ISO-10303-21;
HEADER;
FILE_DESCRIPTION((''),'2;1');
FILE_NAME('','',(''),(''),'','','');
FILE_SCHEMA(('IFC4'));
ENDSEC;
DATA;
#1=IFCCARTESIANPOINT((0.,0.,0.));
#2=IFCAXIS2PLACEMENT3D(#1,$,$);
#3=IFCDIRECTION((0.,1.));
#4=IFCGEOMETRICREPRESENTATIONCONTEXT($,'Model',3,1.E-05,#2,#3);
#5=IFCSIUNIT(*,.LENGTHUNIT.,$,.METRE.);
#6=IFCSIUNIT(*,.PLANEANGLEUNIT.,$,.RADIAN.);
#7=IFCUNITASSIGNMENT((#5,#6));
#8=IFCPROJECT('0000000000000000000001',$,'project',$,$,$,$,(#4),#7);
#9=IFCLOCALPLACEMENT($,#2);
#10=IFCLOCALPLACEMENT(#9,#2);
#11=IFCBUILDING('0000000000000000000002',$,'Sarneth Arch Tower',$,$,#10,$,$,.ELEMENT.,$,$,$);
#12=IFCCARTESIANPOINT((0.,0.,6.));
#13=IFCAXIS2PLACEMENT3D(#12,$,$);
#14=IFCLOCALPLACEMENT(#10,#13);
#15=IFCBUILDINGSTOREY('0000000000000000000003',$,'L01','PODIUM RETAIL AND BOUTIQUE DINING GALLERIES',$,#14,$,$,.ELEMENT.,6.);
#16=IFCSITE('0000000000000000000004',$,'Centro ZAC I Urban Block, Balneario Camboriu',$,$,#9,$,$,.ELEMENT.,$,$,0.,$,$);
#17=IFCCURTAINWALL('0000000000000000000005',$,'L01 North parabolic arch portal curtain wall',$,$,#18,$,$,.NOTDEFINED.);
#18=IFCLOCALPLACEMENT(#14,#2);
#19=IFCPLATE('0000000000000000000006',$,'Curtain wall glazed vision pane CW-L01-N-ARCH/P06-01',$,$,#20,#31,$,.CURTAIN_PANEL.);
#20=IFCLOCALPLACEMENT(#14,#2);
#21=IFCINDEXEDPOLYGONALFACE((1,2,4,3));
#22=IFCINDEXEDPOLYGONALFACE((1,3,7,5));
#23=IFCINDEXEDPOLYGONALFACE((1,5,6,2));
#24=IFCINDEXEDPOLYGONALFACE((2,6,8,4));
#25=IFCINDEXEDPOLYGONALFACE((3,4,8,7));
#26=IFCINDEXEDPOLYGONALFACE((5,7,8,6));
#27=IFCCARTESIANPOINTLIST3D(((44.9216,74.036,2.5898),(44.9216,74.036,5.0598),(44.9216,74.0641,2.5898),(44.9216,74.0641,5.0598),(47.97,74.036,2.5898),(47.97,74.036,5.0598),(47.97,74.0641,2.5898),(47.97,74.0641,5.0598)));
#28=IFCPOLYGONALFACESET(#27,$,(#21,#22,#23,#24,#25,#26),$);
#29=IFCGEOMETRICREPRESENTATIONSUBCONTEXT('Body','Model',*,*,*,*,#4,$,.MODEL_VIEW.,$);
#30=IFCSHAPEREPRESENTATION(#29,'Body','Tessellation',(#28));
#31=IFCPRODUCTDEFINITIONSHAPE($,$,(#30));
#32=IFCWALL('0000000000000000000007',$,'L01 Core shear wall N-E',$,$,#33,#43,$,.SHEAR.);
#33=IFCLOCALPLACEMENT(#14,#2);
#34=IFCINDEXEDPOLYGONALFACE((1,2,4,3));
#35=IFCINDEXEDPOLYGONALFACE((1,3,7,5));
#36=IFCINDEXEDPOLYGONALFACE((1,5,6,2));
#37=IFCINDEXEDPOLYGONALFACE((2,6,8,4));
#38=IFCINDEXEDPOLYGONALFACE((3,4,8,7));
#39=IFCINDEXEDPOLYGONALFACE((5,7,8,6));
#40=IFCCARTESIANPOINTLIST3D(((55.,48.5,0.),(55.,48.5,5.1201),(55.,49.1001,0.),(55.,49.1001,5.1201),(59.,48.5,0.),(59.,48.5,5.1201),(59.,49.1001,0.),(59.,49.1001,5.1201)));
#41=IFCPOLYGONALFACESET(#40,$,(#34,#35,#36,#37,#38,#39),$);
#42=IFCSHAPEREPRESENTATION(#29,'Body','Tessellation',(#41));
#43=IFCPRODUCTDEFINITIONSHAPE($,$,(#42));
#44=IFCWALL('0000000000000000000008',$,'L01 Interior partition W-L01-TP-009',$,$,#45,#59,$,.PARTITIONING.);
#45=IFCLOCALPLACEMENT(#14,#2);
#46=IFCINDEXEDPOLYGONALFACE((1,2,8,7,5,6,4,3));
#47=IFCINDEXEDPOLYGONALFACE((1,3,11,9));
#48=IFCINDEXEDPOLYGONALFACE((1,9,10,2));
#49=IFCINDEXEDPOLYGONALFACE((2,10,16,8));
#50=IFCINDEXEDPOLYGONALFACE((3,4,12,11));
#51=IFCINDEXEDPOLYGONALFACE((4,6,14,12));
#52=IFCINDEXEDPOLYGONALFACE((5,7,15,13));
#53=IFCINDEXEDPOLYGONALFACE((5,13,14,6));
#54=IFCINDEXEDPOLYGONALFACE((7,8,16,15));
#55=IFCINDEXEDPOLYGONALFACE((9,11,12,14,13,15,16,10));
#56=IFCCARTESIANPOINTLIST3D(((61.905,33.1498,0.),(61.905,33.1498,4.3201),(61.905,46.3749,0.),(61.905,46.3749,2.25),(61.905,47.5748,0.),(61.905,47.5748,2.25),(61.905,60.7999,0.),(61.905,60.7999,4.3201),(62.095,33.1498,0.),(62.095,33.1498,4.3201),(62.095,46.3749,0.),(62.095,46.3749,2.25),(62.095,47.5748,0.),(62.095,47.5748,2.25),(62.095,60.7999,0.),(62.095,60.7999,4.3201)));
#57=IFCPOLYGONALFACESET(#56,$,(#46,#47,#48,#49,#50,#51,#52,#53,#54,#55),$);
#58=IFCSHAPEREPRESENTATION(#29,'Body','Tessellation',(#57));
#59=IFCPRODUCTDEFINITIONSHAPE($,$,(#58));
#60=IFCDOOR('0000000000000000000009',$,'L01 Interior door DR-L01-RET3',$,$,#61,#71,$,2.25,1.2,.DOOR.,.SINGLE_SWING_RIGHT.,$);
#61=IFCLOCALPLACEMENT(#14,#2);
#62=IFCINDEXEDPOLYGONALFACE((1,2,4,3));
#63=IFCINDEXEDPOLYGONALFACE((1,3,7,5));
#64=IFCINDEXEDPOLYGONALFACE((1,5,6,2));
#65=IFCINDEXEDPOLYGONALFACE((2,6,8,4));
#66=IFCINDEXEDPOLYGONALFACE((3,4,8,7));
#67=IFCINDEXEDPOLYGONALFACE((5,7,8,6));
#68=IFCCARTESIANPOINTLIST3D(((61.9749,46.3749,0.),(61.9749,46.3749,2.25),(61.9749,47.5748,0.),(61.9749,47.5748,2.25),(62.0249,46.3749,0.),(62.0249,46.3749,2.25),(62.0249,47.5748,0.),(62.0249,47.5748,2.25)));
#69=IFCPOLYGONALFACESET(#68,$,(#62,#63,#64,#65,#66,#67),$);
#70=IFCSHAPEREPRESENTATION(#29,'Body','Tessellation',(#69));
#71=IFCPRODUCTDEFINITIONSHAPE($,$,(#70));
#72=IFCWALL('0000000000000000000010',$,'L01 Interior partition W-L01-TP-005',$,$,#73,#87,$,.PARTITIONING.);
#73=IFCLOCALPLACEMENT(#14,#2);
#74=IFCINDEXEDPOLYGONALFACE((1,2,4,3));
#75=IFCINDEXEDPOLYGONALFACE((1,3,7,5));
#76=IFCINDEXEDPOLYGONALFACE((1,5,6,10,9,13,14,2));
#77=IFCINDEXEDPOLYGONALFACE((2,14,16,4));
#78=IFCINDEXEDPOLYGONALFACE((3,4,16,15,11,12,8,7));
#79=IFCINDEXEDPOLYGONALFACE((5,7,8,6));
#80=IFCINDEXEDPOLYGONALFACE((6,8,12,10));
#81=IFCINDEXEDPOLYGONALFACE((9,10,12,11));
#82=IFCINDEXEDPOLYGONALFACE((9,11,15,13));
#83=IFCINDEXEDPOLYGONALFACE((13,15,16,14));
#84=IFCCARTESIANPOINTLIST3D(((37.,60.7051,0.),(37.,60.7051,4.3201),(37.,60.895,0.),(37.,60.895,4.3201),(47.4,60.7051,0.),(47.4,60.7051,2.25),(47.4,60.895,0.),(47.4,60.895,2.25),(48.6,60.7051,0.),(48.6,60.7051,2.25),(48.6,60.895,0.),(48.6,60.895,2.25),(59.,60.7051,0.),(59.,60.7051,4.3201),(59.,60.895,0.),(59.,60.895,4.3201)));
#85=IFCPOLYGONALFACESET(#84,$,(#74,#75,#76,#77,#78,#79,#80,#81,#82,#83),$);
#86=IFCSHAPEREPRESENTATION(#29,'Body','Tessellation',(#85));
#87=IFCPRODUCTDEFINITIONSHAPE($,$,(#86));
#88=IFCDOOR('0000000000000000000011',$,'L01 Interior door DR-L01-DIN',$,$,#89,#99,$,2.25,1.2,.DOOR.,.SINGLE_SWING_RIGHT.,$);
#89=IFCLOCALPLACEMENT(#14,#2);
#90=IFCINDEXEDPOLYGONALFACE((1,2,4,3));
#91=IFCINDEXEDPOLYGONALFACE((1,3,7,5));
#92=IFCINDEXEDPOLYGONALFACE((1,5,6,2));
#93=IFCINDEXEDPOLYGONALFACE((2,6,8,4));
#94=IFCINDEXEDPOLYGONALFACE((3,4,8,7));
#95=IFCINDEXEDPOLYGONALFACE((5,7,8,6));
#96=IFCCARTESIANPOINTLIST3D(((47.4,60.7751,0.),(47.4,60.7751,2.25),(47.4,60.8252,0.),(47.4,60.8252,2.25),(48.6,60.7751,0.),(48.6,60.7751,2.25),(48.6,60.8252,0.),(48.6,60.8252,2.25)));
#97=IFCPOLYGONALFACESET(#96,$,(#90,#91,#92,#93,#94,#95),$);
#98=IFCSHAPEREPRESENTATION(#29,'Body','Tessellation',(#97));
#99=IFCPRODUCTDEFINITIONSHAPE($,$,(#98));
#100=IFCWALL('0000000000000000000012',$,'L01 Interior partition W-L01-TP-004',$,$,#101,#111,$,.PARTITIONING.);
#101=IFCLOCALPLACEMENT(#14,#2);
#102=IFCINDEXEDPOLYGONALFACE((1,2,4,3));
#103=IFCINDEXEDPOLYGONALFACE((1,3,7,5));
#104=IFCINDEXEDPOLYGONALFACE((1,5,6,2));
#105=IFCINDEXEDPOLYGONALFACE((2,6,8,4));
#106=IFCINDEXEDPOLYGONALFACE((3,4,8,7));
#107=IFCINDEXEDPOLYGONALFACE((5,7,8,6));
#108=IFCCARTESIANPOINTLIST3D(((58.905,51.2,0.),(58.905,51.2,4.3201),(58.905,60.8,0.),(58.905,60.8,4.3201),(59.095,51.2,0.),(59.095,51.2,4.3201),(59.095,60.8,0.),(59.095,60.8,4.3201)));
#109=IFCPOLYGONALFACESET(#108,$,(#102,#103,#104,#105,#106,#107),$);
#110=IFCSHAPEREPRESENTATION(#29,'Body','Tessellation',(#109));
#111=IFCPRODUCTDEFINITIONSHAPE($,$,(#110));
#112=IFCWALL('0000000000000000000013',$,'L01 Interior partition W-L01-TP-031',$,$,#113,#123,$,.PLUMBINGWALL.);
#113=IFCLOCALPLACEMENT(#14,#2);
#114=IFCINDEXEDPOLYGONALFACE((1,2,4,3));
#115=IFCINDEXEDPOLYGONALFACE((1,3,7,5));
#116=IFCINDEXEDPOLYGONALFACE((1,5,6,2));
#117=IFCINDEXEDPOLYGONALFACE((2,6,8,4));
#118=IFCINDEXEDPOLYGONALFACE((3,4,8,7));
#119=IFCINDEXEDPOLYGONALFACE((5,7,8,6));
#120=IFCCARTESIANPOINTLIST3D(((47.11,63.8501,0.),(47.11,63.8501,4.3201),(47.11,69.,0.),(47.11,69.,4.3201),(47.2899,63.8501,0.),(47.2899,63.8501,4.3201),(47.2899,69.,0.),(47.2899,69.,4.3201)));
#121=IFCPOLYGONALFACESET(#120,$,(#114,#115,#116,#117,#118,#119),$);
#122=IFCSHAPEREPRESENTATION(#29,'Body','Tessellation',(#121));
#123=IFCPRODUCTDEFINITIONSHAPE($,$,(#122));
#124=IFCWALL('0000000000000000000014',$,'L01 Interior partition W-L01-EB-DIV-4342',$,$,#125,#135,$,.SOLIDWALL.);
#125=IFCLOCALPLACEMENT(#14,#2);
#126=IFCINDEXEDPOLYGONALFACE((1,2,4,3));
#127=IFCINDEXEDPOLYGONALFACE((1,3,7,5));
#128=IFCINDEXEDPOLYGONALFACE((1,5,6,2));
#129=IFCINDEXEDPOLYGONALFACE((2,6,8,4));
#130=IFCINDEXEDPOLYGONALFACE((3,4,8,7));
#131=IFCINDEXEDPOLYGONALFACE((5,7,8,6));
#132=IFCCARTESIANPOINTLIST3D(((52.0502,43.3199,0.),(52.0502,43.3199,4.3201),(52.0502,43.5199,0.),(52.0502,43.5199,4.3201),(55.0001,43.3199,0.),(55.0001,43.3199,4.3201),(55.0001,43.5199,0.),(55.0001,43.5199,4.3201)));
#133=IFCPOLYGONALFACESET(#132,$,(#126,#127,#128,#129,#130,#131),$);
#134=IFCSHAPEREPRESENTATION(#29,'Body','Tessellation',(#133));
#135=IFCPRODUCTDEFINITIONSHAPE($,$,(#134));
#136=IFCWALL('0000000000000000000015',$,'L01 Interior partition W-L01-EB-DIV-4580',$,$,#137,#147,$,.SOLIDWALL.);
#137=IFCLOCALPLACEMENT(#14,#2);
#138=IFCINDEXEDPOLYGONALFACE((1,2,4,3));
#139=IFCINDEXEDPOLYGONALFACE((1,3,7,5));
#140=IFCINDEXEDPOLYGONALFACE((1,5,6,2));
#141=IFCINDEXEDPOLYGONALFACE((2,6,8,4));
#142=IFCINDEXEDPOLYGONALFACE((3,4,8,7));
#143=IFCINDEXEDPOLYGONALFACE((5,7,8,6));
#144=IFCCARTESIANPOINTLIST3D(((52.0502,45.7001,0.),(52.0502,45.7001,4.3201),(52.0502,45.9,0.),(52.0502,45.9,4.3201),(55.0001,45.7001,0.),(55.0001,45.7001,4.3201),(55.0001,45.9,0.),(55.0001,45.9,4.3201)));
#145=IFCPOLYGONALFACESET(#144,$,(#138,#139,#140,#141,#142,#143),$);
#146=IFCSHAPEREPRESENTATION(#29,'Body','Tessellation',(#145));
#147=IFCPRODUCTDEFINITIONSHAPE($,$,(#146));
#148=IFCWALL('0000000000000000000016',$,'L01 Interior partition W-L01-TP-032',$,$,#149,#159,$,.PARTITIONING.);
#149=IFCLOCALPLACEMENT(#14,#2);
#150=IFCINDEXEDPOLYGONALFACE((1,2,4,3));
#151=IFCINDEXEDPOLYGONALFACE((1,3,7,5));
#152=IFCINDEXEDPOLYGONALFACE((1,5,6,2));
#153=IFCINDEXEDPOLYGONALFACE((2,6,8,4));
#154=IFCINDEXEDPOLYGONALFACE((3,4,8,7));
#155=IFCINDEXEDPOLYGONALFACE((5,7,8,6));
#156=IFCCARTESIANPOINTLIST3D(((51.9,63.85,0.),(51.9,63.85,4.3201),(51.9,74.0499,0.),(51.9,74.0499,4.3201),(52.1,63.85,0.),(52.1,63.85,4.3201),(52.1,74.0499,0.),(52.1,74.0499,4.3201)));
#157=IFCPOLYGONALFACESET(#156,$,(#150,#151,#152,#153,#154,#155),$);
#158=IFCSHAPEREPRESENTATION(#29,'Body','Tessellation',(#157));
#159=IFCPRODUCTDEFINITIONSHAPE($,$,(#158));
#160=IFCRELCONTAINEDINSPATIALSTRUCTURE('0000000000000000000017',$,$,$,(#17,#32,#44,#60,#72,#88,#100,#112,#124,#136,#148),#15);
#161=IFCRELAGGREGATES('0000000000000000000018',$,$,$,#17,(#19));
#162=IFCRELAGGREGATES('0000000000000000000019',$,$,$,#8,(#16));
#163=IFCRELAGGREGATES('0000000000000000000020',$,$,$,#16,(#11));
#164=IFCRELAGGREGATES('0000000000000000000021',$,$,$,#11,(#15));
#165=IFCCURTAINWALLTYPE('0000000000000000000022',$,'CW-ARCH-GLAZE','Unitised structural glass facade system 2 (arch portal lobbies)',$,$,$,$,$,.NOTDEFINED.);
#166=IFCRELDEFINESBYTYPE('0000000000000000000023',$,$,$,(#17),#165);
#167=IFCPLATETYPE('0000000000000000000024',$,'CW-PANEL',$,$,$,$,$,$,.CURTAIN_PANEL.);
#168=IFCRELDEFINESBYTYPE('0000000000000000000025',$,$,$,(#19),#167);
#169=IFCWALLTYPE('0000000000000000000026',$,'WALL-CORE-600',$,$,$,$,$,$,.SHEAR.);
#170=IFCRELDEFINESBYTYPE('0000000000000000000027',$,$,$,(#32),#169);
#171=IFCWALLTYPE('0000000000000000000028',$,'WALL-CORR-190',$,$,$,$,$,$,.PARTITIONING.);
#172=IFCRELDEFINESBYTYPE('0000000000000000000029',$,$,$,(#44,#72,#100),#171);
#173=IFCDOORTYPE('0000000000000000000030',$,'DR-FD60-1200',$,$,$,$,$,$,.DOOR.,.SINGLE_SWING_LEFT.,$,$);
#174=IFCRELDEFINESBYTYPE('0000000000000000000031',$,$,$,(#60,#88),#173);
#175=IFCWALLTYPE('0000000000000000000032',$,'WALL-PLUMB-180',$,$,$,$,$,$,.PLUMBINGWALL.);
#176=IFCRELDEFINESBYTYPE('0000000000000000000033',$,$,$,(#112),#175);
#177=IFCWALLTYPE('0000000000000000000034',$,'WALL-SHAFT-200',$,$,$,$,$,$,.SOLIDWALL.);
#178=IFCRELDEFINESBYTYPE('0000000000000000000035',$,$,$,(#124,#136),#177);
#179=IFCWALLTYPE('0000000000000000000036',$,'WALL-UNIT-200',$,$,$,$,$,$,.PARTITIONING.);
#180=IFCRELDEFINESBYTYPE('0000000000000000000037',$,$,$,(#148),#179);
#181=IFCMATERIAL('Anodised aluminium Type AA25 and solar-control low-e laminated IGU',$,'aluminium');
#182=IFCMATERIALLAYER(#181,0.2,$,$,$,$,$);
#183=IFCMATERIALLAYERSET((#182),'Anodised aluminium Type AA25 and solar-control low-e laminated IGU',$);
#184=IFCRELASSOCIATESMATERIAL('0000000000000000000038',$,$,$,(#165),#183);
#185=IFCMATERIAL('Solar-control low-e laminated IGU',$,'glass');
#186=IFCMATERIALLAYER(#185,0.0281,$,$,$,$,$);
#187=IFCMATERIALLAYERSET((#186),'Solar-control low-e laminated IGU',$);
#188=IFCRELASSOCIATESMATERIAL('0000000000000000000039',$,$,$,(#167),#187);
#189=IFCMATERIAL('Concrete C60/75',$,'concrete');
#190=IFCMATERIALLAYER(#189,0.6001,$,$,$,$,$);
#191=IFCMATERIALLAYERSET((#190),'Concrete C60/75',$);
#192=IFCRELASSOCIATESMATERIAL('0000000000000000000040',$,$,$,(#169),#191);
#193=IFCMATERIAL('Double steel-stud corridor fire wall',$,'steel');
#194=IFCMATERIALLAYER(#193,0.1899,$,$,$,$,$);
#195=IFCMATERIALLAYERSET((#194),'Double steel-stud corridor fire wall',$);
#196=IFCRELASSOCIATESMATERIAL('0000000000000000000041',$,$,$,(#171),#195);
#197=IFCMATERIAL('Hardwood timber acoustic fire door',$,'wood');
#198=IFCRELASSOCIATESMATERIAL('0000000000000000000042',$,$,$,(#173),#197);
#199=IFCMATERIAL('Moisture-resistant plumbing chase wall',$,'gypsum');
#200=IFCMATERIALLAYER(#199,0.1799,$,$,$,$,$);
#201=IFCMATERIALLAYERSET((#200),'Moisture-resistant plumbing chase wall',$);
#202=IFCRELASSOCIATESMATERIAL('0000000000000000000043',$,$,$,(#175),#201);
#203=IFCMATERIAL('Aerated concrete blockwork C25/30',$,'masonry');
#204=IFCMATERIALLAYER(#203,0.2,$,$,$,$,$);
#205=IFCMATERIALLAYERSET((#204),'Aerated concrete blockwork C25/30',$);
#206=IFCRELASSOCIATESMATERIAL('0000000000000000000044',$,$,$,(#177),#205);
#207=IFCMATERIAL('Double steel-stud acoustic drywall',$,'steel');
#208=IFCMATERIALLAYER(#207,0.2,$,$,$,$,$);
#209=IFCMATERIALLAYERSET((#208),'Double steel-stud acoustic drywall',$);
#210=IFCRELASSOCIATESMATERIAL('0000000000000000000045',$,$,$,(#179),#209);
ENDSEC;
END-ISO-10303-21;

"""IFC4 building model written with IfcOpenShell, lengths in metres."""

from ifc_helpers import new_model, si_unit, direction, frame, frame_2d, origin, origin_2d, place, context, subcontext, project, spatial, rectangle, extrude, material, layer, layer_set, type_object, element, fill, aggregate, save


model = new_model("IFC4")

# Units and contexts
model_context = context("Model", 3, precision=1e-05, world=origin(), true_north=direction((0.0, 1.0)))
body_context = subcontext(model_context, "Body", "Model", "MODEL_VIEW")
ifc_project = project(units=[si_unit("LENGTHUNIT", "METRE"), si_unit("PLANEANGLEUNIT", "RADIAN")], contexts=[model_context])

# Site, building, storey
site_placement = place(None, origin())
site = spatial("IfcSite", under=ifc_project, at=site_placement, Name="Centro ZAC I Urban Block, Balneario Camboriu", CompositionType="ELEMENT", RefElevation=0.0)
building_placement = place(site_placement, origin())
building = spatial("IfcBuilding", under=site, at=building_placement, Name="Sarneth Arch Tower", CompositionType="ELEMENT")
storey_placement = place(building_placement, frame((0.0, 0.0, 6.0)))
storey = spatial("IfcBuildingStorey", under=building, at=storey_placement, Name="L01", Description="PODIUM RETAIL AND BOUTIQUE DINING GALLERIES", CompositionType="ELEMENT", Elevation=6.0)

# Curtain wall, plate
ifc_material_1 = material(Name="Anodised aluminium Type AA25 and solar-control low-e laminated IGU", Category="aluminium")
ifc_layer_1 = layer(ifc_material_1, 0.2)
ifc_layer_set_1 = layer_set([ifc_layer_1], Name="Anodised aluminium Type AA25 and solar-control low-e laminated IGU")
curtain_wall_type = type_object("IfcCurtainWallType", Name="CW-ARCH-GLAZE", Description="Unitised structural glass facade system 2 (arch portal lobbies)", PredefinedType="NOTDEFINED", material=ifc_layer_set_1)
curtain_wall_placement = place(storey_placement, origin())
curtain_wall = element("IfcCurtainWall", 1, at=curtain_wall_placement, inside=storey, type_object=curtain_wall_type, Name="L01 North parabolic arch portal curtain wall", PredefinedType="NOTDEFINED")
ifc_material_2 = material(Name="Solar-control low-e laminated IGU", Category="glass")
ifc_layer_2 = layer(ifc_material_2, 0.0281)
ifc_layer_set_2 = layer_set([ifc_layer_2], Name="Solar-control low-e laminated IGU")
plate_type = type_object("IfcPlateType", Name="CW-PANEL", PredefinedType="CURTAIN_PANEL", material=ifc_layer_set_2)
plate_1_placement = place(storey_placement, frame((46.4458, 74.05, 2.5898), z_axis=(0.0, 0.0, 1.0), x_axis=(-1.0, 0.0, 0.0)))
plate_1 = element("IfcPlate", 2, at=plate_1_placement, type_object=plate_type, Name="Curtain wall glazed vision pane CW-L01-N-ARCH/P06-01", PredefinedType="CURTAIN_PANEL", context=body_context, shape_type="SweptSolid", body=[
    extrude(rectangle(XDim=3.0483, YDim=0.0281, at=origin_2d()), origin(), (0.0, 0.0, 1.0), 2.47),
])
aggregate(curtain_wall, [plate_1])

# Wall
ifc_material_3 = material(Name="Concrete C60/75", Category="concrete")
ifc_layer_3 = layer(ifc_material_3, 0.6001)
ifc_layer_set_3 = layer_set([ifc_layer_3], Name="Concrete C60/75")
wall_type_1 = type_object("IfcWallType", Name="WALL-CORE-600", PredefinedType="SHEAR", material=ifc_layer_set_3)
wall_1_placement = place(storey_placement, frame((55.0, 48.8, 0.0), z_axis=(0.0, 0.0, 1.0), x_axis=(1.0, 0.0, 0.0)))
element("IfcWall", 3, at=wall_1_placement, inside=storey, type_object=wall_type_1, Name="L01 Core shear wall N-E", PredefinedType="SHEAR", context=body_context, shape_type="SweptSolid", body=[
    extrude(rectangle(XDim=4.0, YDim=0.6001, at=frame_2d((2.0, 0.0))), origin(), (0.0, 0.0, 1.0), 5.1201),
])

# Walls, openings, doors
ifc_material_4 = material(Name="Double steel-stud corridor fire wall", Category="steel")
ifc_layer_4 = layer(ifc_material_4, 0.1899)
ifc_layer_set_4 = layer_set([ifc_layer_4], Name="Double steel-stud corridor fire wall")
wall_type_2 = type_object("IfcWallType", Name="WALL-CORR-190", PredefinedType="PARTITIONING", material=ifc_layer_set_4)
wall_2_placement = place(storey_placement, frame((62.0, 60.8, 0.0), z_axis=(0.0, 0.0, 1.0), x_axis=(0.0, -1.0, 0.0)))
wall_2 = element("IfcWall", 4, at=wall_2_placement, inside=storey, type_object=wall_type_2, Name="L01 Interior partition W-L01-TP-009", PredefinedType="PARTITIONING", context=body_context, shape_type="SweptSolid", body=[
    extrude(rectangle(XDim=27.6501, YDim=0.1899, at=frame_2d((13.8252, 0.0))), origin(), (0.0, 0.0, 1.0), 4.3201),
])
opening_1_placement = place(wall_2_placement, frame((13.2251, 0.0, 0.0)))
opening_1 = element("IfcOpeningElement", 5, at=opening_1_placement, cuts=wall_2, PredefinedType="OPENING", context=body_context, shape_type="SweptSolid", body=[
    extrude(rectangle(XDim=1.2, YDim=2.25, at=frame_2d((0.6001, 1.125))), frame((0.0, 0.105, 0.0), z_axis=(0.0, -1.0, 0.0), x_axis=(1.0, 0.0, 0.0)), (0.0, 0.0, 1.0), 0.21),
])
ifc_material_5 = material(Name="Hardwood timber acoustic fire door", Category="wood")
door_type_1 = type_object("IfcDoorType", Name="DR-FD60-1200", OperationType="SINGLE_SWING_LEFT", PredefinedType="DOOR", material=ifc_material_5)
door_1_placement = place(opening_1_placement, origin())
door_1 = element("IfcDoor", 6, at=door_1_placement, inside=storey, type_object=door_type_1, Name="L01 Interior door DR-L01-RET3", OperationType="SINGLE_SWING_RIGHT", OverallHeight=2.25, OverallWidth=1.2, PredefinedType="DOOR", context=body_context, shape_type="SweptSolid", body=[
    extrude(rectangle(XDim=1.2, YDim=2.25, at=frame_2d((0.6001, 1.125))), frame((0.0, 0.0249, 0.0), z_axis=(0.0, -1.0, 0.0), x_axis=(1.0, 0.0, 0.0)), (0.0, 0.0, 1.0), 0.05),
])
fill(opening_1, door_1)
wall_3_placement = place(storey_placement, frame((59.0, 60.8, 0.0), z_axis=(0.0, 0.0, 1.0), x_axis=(-1.0, 0.0, 0.0)))
wall_3 = element("IfcWall", 7, at=wall_3_placement, inside=storey, type_object=wall_type_2, Name="L01 Interior partition W-L01-TP-005", PredefinedType="PARTITIONING", context=body_context, shape_type="SweptSolid", body=[
    extrude(rectangle(XDim=22.0, YDim=0.1899, at=frame_2d((11.0, 0.0))), origin(), (0.0, 0.0, 1.0), 4.3201),
])
opening_2_placement = place(wall_3_placement, frame((10.3999, 0.0, 0.0)))
opening_2 = element("IfcOpeningElement", 8, at=opening_2_placement, cuts=wall_3, PredefinedType="OPENING", context=body_context, shape_type="SweptSolid", body=[
    extrude(rectangle(XDim=1.2, YDim=2.25, at=frame_2d((0.6001, 1.125))), frame((0.0, 0.105, 0.0), z_axis=(0.0, -1.0, 0.0), x_axis=(1.0, 0.0, 0.0)), (0.0, 0.0, 1.0), 0.21),
])
door_2_placement = place(opening_2_placement, origin())
door_2 = element("IfcDoor", 9, at=door_2_placement, inside=storey, type_object=door_type_1, Name="L01 Interior door DR-L01-DIN", OperationType="SINGLE_SWING_RIGHT", OverallHeight=2.25, OverallWidth=1.2, PredefinedType="DOOR", context=body_context, shape_type="SweptSolid", body=[
    extrude(rectangle(XDim=1.2, YDim=2.25, at=frame_2d((0.6001, 1.125))), frame((0.0, 0.0249, 0.0), z_axis=(0.0, -1.0, 0.0), x_axis=(1.0, 0.0, 0.0)), (0.0, 0.0, 1.0), 0.05),
])
fill(opening_2, door_2)

# Wall
wall_4_placement = place(storey_placement, frame((59.0, 51.2, 0.0), z_axis=(0.0, 0.0, 1.0), x_axis=(0.0, 1.0, 0.0)))
element("IfcWall", 10, at=wall_4_placement, inside=storey, type_object=wall_type_2, Name="L01 Interior partition W-L01-TP-004", PredefinedType="PARTITIONING", context=body_context, shape_type="SweptSolid", body=[
    extrude(rectangle(XDim=9.6001, YDim=0.1899, at=frame_2d((4.8, 0.0))), origin(), (0.0, 0.0, 1.0), 4.3201),
])

# Walls
ifc_material_6 = material(Name="Moisture-resistant plumbing chase wall", Category="gypsum")
ifc_layer_5 = layer(ifc_material_6, 0.1799)
ifc_layer_set_5 = layer_set([ifc_layer_5], Name="Moisture-resistant plumbing chase wall")
wall_type_3 = type_object("IfcWallType", Name="WALL-PLUMB-180", PredefinedType="PLUMBINGWALL", material=ifc_layer_set_5)
wall_5_placement = place(storey_placement, frame((47.2, 69.0, 0.0), z_axis=(0.0, 0.0, 1.0), x_axis=(0.0, -1.0, 0.0)))
element("IfcWall", 11, at=wall_5_placement, inside=storey, type_object=wall_type_3, Name="L01 Interior partition W-L01-TP-031", PredefinedType="PLUMBINGWALL", context=body_context, shape_type="SweptSolid", body=[
    extrude(rectangle(XDim=5.1499, YDim=0.1799, at=frame_2d((2.575, 0.0))), origin(), (0.0, 0.0, 1.0), 4.3201),
])
ifc_material_7 = material(Name="Aerated concrete blockwork C25/30", Category="masonry")
ifc_layer_6 = layer(ifc_material_7, 0.2)
ifc_layer_set_6 = layer_set([ifc_layer_6], Name="Aerated concrete blockwork C25/30")
wall_type_4 = type_object("IfcWallType", Name="WALL-SHAFT-200", PredefinedType="SOLIDWALL", material=ifc_layer_set_6)
for number, where, z_axis, x_axis, name in (
    (12, (52.05, 43.4199, 0.0), (0.0, 0.0, 1.0), (1.0, 0.0, 0.0), "L01 Interior partition W-L01-EB-DIV-4342"),
    (13, (52.05, 45.8, 0.0), (0.0, 0.0, 1.0), (1.0, 0.0, 0.0), "L01 Interior partition W-L01-EB-DIV-4580"),
):
    element("IfcWall", number, at=place(storey_placement, frame(where, z_axis=z_axis, x_axis=x_axis)), inside=storey, type_object=wall_type_4, Name=name, PredefinedType="SOLIDWALL", context=body_context, shape_type="SweptSolid", body=[
        extrude(rectangle(XDim=2.95, YDim=0.2, at=frame_2d((1.4751, 0.0))), origin(), (0.0, 0.0, 1.0), 4.3201),
    ])
ifc_material_8 = material(Name="Double steel-stud acoustic drywall", Category="steel")
ifc_layer_7 = layer(ifc_material_8, 0.2)
ifc_layer_set_7 = layer_set([ifc_layer_7], Name="Double steel-stud acoustic drywall")
wall_type_5 = type_object("IfcWallType", Name="WALL-UNIT-200", PredefinedType="PARTITIONING", material=ifc_layer_set_7)
wall_6_placement = place(storey_placement, frame((52.0, 74.05, 0.0), z_axis=(0.0, 0.0, 1.0), x_axis=(0.0, -1.0, 0.0)))
element("IfcWall", 14, at=wall_6_placement, inside=storey, type_object=wall_type_5, Name="L01 Interior partition W-L01-TP-032", PredefinedType="PARTITIONING", context=body_context, shape_type="SweptSolid", body=[
    extrude(rectangle(XDim=10.2, YDim=0.2, at=frame_2d((5.1001, 0.0))), origin(), (0.0, 0.0, 1.0), 4.3201),
])

save(model, "model.ifc")
